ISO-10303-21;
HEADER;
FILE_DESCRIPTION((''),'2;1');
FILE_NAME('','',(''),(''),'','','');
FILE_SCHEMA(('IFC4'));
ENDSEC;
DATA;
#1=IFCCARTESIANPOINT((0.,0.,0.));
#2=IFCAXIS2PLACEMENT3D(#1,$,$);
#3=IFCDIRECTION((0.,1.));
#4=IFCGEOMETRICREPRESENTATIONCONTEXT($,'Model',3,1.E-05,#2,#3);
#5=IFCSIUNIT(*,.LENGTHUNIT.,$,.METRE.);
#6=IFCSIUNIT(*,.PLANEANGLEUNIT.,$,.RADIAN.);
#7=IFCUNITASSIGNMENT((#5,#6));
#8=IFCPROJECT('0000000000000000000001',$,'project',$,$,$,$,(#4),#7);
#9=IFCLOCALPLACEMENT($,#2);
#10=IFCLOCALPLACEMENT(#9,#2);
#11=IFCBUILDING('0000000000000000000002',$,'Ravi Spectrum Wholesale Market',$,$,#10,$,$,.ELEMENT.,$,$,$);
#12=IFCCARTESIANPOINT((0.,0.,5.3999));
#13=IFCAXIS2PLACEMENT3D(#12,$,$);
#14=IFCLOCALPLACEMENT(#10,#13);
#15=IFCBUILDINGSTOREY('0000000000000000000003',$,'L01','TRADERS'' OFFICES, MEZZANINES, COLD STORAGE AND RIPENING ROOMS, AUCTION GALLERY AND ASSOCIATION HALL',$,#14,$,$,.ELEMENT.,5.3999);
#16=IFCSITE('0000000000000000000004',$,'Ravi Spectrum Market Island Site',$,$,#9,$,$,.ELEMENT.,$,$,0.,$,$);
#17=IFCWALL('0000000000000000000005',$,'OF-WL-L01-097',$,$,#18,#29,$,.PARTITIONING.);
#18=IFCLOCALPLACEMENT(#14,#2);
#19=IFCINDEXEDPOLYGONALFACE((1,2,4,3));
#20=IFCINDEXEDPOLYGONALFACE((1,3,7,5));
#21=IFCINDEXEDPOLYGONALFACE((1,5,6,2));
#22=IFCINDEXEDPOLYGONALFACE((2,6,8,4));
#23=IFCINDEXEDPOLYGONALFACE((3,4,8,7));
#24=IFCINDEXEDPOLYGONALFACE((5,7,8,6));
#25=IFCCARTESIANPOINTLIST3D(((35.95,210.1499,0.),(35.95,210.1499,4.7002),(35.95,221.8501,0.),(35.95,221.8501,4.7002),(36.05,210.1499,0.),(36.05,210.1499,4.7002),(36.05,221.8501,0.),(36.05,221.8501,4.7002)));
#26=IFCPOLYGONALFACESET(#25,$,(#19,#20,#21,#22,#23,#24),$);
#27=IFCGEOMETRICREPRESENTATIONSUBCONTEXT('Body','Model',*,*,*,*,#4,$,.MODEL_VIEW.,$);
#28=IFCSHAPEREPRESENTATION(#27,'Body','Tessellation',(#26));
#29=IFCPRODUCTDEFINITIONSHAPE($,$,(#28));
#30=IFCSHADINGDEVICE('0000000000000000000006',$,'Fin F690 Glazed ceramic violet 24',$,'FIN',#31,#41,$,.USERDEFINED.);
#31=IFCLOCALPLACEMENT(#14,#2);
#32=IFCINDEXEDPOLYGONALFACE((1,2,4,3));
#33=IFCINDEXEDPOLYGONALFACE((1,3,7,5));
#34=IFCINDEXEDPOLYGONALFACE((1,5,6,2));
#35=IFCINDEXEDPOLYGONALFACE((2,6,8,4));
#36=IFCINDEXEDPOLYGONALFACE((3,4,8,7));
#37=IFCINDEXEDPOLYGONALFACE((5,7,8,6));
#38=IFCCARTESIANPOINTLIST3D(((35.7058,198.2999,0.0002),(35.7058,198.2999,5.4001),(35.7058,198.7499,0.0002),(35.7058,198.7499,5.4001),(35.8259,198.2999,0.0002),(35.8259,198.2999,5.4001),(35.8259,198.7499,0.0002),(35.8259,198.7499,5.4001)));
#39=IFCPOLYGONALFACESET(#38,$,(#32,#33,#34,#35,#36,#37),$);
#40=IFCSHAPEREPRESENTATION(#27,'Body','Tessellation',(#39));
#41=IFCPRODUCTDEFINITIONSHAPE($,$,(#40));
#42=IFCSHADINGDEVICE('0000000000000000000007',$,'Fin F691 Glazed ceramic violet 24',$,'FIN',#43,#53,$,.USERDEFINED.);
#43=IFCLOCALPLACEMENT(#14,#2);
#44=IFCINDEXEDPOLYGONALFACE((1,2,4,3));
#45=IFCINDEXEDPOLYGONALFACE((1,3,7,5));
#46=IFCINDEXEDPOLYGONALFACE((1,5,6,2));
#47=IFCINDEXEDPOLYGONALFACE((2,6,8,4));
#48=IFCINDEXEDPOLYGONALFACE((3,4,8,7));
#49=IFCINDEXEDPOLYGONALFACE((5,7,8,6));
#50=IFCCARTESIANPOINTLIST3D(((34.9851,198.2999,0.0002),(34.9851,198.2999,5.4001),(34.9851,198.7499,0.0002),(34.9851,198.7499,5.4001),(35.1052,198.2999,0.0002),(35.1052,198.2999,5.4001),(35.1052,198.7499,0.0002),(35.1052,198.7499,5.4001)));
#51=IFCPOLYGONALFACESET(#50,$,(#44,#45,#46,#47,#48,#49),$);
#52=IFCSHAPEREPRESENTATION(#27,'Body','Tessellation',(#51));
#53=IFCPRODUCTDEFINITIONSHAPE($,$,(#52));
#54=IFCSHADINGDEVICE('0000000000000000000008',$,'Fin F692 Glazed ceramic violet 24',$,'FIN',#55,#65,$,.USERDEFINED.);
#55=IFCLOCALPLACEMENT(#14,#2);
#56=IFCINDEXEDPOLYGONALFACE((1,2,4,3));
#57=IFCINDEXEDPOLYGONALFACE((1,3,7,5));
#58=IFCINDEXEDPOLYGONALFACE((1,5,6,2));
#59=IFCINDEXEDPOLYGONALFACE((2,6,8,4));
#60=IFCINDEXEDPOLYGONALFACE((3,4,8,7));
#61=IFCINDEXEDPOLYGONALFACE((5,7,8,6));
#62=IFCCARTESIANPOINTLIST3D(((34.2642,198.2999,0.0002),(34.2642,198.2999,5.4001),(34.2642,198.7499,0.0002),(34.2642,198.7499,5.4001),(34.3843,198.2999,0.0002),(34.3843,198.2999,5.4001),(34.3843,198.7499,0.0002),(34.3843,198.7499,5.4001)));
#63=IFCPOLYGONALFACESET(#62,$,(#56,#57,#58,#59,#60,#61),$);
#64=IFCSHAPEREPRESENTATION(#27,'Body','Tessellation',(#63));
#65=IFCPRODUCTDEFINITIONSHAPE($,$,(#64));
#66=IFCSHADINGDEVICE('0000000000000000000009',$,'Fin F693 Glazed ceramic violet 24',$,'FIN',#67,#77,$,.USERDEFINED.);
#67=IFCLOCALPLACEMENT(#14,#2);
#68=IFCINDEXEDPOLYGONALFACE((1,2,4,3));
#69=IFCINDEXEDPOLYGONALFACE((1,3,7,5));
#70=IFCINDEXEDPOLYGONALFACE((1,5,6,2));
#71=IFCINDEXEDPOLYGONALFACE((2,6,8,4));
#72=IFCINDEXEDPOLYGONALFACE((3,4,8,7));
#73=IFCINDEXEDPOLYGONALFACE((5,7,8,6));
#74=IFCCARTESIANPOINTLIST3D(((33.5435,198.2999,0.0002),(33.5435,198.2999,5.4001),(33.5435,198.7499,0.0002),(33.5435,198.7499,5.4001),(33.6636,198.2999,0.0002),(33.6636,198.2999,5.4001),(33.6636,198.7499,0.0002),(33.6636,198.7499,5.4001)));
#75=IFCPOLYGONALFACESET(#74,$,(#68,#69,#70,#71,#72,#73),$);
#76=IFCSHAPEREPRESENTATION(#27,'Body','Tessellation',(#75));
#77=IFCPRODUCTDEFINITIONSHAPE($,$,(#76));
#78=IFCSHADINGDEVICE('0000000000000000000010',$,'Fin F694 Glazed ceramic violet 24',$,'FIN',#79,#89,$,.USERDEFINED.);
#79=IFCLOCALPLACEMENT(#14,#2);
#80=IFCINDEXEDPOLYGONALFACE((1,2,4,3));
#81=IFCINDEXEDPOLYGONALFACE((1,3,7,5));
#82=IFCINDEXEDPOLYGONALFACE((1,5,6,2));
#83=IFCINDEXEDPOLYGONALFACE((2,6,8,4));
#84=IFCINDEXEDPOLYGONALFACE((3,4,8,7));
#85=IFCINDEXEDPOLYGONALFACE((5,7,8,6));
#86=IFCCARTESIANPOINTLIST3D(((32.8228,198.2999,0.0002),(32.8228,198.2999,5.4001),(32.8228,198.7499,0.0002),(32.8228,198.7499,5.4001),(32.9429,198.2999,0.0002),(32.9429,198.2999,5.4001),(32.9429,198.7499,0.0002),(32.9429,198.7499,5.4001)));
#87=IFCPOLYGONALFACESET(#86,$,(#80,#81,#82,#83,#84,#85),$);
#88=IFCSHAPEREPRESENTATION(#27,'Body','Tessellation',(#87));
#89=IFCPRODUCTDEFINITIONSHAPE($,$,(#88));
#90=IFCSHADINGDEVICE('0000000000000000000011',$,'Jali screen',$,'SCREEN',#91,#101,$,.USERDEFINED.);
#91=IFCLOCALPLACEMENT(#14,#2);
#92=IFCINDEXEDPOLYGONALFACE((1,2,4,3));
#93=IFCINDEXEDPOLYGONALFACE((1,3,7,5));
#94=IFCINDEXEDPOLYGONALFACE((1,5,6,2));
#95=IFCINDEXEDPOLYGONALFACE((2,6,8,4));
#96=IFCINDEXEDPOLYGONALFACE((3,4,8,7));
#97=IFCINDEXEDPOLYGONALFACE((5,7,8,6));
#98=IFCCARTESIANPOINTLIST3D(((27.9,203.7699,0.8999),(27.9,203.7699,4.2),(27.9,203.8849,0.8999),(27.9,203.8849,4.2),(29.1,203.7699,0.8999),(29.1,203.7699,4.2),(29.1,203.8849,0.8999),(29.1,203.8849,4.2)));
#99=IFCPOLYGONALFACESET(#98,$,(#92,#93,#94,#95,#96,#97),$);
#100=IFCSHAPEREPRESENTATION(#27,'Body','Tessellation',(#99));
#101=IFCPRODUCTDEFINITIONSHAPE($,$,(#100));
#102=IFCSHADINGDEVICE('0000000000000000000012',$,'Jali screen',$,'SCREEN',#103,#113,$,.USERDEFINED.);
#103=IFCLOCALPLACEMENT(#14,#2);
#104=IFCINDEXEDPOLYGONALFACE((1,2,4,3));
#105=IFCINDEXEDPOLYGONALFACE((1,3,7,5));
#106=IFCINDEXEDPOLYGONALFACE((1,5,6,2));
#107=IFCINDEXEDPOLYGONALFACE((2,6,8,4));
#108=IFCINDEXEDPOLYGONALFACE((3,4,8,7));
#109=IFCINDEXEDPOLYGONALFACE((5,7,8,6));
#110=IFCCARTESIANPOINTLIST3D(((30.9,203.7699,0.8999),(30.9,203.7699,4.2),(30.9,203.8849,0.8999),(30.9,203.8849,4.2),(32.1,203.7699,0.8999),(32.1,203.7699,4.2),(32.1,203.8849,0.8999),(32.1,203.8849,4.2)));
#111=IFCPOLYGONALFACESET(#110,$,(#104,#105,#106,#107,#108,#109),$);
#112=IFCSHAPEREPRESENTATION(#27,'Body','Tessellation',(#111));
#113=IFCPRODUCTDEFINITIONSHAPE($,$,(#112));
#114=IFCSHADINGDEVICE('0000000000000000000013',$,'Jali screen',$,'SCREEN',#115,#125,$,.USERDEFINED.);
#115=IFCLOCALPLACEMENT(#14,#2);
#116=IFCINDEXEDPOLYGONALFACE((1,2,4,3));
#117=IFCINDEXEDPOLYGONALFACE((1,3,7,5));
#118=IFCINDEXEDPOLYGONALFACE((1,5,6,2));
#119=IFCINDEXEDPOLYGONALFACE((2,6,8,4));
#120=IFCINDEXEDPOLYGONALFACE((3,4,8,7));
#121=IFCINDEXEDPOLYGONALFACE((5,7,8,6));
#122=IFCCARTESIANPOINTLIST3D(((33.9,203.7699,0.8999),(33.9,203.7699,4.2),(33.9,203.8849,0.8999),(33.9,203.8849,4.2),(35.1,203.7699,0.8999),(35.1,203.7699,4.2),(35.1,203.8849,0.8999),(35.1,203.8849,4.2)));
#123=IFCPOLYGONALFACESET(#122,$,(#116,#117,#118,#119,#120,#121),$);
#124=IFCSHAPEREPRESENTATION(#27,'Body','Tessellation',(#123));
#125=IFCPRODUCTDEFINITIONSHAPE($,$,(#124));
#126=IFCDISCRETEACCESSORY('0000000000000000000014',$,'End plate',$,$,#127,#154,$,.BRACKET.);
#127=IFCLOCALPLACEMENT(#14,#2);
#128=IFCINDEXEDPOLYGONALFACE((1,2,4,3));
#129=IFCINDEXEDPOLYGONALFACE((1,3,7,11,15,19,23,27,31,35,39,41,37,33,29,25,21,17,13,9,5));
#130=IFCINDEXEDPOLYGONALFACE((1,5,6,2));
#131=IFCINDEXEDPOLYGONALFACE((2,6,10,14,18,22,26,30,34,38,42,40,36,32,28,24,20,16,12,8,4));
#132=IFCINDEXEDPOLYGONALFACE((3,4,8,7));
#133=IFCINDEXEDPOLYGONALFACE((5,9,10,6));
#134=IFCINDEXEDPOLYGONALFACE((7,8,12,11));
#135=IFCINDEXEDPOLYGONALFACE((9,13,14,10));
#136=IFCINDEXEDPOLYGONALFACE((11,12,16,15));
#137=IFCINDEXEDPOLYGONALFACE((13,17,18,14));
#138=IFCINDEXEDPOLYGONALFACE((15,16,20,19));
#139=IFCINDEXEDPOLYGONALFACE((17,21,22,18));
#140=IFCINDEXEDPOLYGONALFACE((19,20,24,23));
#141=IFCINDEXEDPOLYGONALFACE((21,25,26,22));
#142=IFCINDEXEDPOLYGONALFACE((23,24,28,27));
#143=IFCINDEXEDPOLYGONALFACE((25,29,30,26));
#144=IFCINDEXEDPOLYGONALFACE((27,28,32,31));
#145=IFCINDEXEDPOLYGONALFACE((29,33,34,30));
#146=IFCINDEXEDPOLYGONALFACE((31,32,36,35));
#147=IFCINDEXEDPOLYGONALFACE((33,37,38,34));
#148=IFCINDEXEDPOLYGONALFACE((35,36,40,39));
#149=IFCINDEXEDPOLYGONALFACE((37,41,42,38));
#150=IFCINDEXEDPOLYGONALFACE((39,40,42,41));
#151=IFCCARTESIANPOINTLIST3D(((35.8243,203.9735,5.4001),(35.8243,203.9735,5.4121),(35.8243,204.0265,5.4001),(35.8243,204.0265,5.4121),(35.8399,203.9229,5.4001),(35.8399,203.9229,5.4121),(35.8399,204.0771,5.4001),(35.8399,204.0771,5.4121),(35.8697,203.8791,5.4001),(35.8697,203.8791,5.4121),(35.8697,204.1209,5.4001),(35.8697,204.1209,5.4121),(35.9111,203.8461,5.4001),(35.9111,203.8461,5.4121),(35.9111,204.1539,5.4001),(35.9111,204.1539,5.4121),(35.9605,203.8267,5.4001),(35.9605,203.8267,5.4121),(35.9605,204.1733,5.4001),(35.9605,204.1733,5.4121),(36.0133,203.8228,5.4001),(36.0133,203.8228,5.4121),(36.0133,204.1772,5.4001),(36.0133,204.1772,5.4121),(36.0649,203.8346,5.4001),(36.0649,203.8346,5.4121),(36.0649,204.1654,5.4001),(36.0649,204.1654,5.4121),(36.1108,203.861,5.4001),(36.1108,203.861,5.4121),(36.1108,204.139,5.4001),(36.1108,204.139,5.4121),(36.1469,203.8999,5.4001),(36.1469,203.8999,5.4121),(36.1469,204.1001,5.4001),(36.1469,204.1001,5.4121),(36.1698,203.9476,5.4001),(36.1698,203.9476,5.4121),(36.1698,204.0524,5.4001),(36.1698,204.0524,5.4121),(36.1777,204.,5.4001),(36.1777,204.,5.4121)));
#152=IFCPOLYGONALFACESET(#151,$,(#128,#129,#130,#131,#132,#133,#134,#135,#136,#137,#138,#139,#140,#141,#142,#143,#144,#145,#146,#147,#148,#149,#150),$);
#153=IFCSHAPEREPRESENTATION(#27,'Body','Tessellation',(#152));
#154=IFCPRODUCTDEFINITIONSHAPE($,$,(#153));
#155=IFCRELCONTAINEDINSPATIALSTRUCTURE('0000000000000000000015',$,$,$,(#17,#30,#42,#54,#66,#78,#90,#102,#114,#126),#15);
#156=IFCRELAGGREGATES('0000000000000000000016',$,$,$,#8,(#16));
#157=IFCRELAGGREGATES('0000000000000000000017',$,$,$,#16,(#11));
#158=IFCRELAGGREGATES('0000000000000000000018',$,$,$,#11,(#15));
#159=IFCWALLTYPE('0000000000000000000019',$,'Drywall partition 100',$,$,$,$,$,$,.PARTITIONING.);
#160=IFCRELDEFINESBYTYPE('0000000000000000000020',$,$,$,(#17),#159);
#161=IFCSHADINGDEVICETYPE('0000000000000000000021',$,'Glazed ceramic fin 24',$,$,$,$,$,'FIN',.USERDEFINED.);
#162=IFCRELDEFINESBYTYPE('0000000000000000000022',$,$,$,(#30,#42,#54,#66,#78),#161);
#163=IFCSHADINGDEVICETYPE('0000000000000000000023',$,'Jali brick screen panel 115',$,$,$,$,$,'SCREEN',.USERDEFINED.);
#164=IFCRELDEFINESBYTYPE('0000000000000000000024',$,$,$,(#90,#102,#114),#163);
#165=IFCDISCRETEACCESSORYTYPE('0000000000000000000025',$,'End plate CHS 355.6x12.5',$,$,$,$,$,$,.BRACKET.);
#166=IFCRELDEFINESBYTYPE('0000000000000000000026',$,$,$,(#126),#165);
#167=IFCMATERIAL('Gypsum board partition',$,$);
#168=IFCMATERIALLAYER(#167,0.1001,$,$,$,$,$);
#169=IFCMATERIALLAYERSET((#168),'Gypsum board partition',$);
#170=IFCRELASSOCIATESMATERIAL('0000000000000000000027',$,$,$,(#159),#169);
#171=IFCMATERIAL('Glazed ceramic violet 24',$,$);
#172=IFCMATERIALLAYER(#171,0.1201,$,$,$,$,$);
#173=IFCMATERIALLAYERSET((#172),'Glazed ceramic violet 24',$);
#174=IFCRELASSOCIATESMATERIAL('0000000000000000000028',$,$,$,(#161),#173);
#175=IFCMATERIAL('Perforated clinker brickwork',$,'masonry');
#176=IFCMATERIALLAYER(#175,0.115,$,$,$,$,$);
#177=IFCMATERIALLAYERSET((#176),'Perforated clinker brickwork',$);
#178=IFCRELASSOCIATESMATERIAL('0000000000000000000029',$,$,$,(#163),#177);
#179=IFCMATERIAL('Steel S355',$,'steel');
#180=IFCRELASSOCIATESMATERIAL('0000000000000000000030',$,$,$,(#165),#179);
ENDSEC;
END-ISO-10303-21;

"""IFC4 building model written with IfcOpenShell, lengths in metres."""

from ifc_helpers import new_model, si_unit, direction, frame, frame_2d, origin, origin_2d, place, context, subcontext, project, spatial, rectangle, circle, extrude, material, layer, layer_set, material_profile, profile_set, type_object, element, save


model = new_model("IFC4")

# Units and contexts
model_context = context("Model", 3, precision=1e-05, world=origin(), true_north=direction((0.0, 1.0)))
body_context = subcontext(model_context, "Body", "Model", "MODEL_VIEW")
ifc_project = project(units=[si_unit("LENGTHUNIT", "METRE"), si_unit("PLANEANGLEUNIT", "RADIAN")], contexts=[model_context])

# Site, building, storey
site_placement = place(None, origin())
site = spatial("IfcSite", under=ifc_project, at=site_placement, Name="Ravi Spectrum Market Island Site", CompositionType="ELEMENT", RefElevation=0.0)
building_placement = place(site_placement, origin())
building = spatial("IfcBuilding", under=site, at=building_placement, Name="Ravi Spectrum Wholesale Market", CompositionType="ELEMENT")
storey_placement = place(building_placement, frame((0.0, 0.0, 5.3999)))
storey = spatial("IfcBuildingStorey", under=building, at=storey_placement, Name="L01", Description="TRADERS' OFFICES, MEZZANINES, COLD STORAGE AND RIPENING ROOMS, AUCTION GALLERY AND ASSOCIATION HALL", CompositionType="ELEMENT", Elevation=5.3999)

# Wall
ifc_material_1 = material(Name="Gypsum board partition")
ifc_layer_1 = layer(ifc_material_1, 0.1001)
ifc_layer_set_1 = layer_set([ifc_layer_1], Name="Gypsum board partition")
wall_type_1 = type_object("IfcWallType", Name="Drywall partition 100", PredefinedType="PARTITIONING", material=ifc_layer_set_1)
wall_1_placement = place(storey_placement, frame((36.0, 210.1499, 0.0), z_axis=(0.0, 0.0, 1.0), x_axis=(0.0, 1.0, 0.0)))
element("IfcWall", 1, at=wall_1_placement, inside=storey, type_object=wall_type_1, Name="OF-WL-L01-097", PredefinedType="PARTITIONING", context=body_context, shape_type="SweptSolid", body=[
    extrude(rectangle(XDim=11.7002, YDim=0.1001, at=frame_2d((5.8501, 0.0))), origin(), (0.0, 0.0, 1.0), 4.7002),
])

# Shading devices
ifc_material_2 = material(Name="Glazed ceramic violet 24")
ifc_layer_2 = layer(ifc_material_2, 0.1201)
ifc_layer_set_2 = layer_set([ifc_layer_2], Name="Glazed ceramic violet 24")
shading_device_type_1 = type_object("IfcShadingDeviceType", Name="Glazed ceramic fin 24", ElementType="FIN", PredefinedType="USERDEFINED", material=ifc_layer_set_2)
for number, where, z_axis, x_axis, name in (
    (2, (35.7659, 198.5249, 0.0002), (0.0, 0.0, 1.0), (-1.0, 0.0, 0.0), "Fin F690 Glazed ceramic violet 24"),
    (3, (35.0452, 198.5249, 0.0002), (0.0, 0.0, 1.0), (-1.0, 0.0, 0.0), "Fin F691 Glazed ceramic violet 24"),
    (4, (34.3242, 198.5249, 0.0002), (0.0, 0.0, 1.0), (-1.0, 0.0, 0.0), "Fin F692 Glazed ceramic violet 24"),
    (5, (33.6035, 198.5249, 0.0002), (0.0, 0.0, 1.0), (-1.0, 0.0, 0.0), "Fin F693 Glazed ceramic violet 24"),
    (6, (32.8828, 198.5249, 0.0002), (0.0, 0.0, 1.0), (-1.0, 0.0, 0.0), "Fin F694 Glazed ceramic violet 24"),
):
    element("IfcShadingDevice", number, at=place(storey_placement, frame(where, z_axis=z_axis, x_axis=x_axis)), inside=storey, type_object=shading_device_type_1, Name=name, ObjectType="FIN", PredefinedType="USERDEFINED", context=body_context, shape_type="SweptSolid", body=[
        extrude(rectangle(XDim=0.1201, YDim=0.45, at=origin_2d()), origin(), (0.0, 0.0, 1.0), 5.3999),
    ])
ifc_material_3 = material(Name="Perforated clinker brickwork", Category="masonry")
ifc_layer_3 = layer(ifc_material_3, 0.115)
ifc_layer_set_3 = layer_set([ifc_layer_3], Name="Perforated clinker brickwork")
shading_device_type_2 = type_object("IfcShadingDeviceType", Name="Jali brick screen panel 115", ElementType="SCREEN", PredefinedType="USERDEFINED", material=ifc_layer_set_3)
for number, where, z_axis, x_axis, name in (
    (7, (28.5, 203.8274, 0.8999), (0.0, 0.0, 1.0), (1.0, 0.0, 0.0), "Jali screen"),
    (8, (31.5, 203.8274, 0.8999), (0.0, 0.0, 1.0), (1.0, 0.0, 0.0), "Jali screen"),
    (9, (34.5, 203.8274, 0.8999), (0.0, 0.0, 1.0), (1.0, 0.0, 0.0), "Jali screen"),
):
    element("IfcShadingDevice", number, at=place(storey_placement, frame(where, z_axis=z_axis, x_axis=x_axis)), inside=storey, type_object=shading_device_type_2, Name=name, ObjectType="SCREEN", PredefinedType="USERDEFINED", context=body_context, shape_type="SweptSolid", body=[
        extrude(rectangle(XDim=1.2, YDim=0.115, at=origin_2d()), origin(), (0.0, 0.0, 1.0), 3.3),
    ])

# Discrete accessory
ifc_material_4 = material(Name="Steel S355", Category="steel")
ifc_material_profile_1 = material_profile(ifc_material_4, circle(Radius=0.1777, at=origin_2d()))
ifc_profile_set_1 = profile_set([ifc_material_profile_1], Name="Steel S355")
discrete_accessory_type = type_object("IfcDiscreteAccessoryType", Name="End plate CHS 355.6x12.5", PredefinedType="BRACKET", material=ifc_profile_set_1)
discrete_accessory_placement = place(storey_placement, frame((36.0, 204.0, 5.4001), z_axis=(0.0, 0.0, 1.0), x_axis=(1.0, 0.0, 0.0)))
element("IfcDiscreteAccessory", 10, at=discrete_accessory_placement, inside=storey, type_object=discrete_accessory_type, Name="End plate", PredefinedType="BRACKET", context=body_context, shape_type="SweptSolid", body=[
    extrude(circle(Radius=0.1777, at=origin_2d()), origin(), (0.0, 0.0, 1.0), 0.012),
])

save(model, "model.ifc")
